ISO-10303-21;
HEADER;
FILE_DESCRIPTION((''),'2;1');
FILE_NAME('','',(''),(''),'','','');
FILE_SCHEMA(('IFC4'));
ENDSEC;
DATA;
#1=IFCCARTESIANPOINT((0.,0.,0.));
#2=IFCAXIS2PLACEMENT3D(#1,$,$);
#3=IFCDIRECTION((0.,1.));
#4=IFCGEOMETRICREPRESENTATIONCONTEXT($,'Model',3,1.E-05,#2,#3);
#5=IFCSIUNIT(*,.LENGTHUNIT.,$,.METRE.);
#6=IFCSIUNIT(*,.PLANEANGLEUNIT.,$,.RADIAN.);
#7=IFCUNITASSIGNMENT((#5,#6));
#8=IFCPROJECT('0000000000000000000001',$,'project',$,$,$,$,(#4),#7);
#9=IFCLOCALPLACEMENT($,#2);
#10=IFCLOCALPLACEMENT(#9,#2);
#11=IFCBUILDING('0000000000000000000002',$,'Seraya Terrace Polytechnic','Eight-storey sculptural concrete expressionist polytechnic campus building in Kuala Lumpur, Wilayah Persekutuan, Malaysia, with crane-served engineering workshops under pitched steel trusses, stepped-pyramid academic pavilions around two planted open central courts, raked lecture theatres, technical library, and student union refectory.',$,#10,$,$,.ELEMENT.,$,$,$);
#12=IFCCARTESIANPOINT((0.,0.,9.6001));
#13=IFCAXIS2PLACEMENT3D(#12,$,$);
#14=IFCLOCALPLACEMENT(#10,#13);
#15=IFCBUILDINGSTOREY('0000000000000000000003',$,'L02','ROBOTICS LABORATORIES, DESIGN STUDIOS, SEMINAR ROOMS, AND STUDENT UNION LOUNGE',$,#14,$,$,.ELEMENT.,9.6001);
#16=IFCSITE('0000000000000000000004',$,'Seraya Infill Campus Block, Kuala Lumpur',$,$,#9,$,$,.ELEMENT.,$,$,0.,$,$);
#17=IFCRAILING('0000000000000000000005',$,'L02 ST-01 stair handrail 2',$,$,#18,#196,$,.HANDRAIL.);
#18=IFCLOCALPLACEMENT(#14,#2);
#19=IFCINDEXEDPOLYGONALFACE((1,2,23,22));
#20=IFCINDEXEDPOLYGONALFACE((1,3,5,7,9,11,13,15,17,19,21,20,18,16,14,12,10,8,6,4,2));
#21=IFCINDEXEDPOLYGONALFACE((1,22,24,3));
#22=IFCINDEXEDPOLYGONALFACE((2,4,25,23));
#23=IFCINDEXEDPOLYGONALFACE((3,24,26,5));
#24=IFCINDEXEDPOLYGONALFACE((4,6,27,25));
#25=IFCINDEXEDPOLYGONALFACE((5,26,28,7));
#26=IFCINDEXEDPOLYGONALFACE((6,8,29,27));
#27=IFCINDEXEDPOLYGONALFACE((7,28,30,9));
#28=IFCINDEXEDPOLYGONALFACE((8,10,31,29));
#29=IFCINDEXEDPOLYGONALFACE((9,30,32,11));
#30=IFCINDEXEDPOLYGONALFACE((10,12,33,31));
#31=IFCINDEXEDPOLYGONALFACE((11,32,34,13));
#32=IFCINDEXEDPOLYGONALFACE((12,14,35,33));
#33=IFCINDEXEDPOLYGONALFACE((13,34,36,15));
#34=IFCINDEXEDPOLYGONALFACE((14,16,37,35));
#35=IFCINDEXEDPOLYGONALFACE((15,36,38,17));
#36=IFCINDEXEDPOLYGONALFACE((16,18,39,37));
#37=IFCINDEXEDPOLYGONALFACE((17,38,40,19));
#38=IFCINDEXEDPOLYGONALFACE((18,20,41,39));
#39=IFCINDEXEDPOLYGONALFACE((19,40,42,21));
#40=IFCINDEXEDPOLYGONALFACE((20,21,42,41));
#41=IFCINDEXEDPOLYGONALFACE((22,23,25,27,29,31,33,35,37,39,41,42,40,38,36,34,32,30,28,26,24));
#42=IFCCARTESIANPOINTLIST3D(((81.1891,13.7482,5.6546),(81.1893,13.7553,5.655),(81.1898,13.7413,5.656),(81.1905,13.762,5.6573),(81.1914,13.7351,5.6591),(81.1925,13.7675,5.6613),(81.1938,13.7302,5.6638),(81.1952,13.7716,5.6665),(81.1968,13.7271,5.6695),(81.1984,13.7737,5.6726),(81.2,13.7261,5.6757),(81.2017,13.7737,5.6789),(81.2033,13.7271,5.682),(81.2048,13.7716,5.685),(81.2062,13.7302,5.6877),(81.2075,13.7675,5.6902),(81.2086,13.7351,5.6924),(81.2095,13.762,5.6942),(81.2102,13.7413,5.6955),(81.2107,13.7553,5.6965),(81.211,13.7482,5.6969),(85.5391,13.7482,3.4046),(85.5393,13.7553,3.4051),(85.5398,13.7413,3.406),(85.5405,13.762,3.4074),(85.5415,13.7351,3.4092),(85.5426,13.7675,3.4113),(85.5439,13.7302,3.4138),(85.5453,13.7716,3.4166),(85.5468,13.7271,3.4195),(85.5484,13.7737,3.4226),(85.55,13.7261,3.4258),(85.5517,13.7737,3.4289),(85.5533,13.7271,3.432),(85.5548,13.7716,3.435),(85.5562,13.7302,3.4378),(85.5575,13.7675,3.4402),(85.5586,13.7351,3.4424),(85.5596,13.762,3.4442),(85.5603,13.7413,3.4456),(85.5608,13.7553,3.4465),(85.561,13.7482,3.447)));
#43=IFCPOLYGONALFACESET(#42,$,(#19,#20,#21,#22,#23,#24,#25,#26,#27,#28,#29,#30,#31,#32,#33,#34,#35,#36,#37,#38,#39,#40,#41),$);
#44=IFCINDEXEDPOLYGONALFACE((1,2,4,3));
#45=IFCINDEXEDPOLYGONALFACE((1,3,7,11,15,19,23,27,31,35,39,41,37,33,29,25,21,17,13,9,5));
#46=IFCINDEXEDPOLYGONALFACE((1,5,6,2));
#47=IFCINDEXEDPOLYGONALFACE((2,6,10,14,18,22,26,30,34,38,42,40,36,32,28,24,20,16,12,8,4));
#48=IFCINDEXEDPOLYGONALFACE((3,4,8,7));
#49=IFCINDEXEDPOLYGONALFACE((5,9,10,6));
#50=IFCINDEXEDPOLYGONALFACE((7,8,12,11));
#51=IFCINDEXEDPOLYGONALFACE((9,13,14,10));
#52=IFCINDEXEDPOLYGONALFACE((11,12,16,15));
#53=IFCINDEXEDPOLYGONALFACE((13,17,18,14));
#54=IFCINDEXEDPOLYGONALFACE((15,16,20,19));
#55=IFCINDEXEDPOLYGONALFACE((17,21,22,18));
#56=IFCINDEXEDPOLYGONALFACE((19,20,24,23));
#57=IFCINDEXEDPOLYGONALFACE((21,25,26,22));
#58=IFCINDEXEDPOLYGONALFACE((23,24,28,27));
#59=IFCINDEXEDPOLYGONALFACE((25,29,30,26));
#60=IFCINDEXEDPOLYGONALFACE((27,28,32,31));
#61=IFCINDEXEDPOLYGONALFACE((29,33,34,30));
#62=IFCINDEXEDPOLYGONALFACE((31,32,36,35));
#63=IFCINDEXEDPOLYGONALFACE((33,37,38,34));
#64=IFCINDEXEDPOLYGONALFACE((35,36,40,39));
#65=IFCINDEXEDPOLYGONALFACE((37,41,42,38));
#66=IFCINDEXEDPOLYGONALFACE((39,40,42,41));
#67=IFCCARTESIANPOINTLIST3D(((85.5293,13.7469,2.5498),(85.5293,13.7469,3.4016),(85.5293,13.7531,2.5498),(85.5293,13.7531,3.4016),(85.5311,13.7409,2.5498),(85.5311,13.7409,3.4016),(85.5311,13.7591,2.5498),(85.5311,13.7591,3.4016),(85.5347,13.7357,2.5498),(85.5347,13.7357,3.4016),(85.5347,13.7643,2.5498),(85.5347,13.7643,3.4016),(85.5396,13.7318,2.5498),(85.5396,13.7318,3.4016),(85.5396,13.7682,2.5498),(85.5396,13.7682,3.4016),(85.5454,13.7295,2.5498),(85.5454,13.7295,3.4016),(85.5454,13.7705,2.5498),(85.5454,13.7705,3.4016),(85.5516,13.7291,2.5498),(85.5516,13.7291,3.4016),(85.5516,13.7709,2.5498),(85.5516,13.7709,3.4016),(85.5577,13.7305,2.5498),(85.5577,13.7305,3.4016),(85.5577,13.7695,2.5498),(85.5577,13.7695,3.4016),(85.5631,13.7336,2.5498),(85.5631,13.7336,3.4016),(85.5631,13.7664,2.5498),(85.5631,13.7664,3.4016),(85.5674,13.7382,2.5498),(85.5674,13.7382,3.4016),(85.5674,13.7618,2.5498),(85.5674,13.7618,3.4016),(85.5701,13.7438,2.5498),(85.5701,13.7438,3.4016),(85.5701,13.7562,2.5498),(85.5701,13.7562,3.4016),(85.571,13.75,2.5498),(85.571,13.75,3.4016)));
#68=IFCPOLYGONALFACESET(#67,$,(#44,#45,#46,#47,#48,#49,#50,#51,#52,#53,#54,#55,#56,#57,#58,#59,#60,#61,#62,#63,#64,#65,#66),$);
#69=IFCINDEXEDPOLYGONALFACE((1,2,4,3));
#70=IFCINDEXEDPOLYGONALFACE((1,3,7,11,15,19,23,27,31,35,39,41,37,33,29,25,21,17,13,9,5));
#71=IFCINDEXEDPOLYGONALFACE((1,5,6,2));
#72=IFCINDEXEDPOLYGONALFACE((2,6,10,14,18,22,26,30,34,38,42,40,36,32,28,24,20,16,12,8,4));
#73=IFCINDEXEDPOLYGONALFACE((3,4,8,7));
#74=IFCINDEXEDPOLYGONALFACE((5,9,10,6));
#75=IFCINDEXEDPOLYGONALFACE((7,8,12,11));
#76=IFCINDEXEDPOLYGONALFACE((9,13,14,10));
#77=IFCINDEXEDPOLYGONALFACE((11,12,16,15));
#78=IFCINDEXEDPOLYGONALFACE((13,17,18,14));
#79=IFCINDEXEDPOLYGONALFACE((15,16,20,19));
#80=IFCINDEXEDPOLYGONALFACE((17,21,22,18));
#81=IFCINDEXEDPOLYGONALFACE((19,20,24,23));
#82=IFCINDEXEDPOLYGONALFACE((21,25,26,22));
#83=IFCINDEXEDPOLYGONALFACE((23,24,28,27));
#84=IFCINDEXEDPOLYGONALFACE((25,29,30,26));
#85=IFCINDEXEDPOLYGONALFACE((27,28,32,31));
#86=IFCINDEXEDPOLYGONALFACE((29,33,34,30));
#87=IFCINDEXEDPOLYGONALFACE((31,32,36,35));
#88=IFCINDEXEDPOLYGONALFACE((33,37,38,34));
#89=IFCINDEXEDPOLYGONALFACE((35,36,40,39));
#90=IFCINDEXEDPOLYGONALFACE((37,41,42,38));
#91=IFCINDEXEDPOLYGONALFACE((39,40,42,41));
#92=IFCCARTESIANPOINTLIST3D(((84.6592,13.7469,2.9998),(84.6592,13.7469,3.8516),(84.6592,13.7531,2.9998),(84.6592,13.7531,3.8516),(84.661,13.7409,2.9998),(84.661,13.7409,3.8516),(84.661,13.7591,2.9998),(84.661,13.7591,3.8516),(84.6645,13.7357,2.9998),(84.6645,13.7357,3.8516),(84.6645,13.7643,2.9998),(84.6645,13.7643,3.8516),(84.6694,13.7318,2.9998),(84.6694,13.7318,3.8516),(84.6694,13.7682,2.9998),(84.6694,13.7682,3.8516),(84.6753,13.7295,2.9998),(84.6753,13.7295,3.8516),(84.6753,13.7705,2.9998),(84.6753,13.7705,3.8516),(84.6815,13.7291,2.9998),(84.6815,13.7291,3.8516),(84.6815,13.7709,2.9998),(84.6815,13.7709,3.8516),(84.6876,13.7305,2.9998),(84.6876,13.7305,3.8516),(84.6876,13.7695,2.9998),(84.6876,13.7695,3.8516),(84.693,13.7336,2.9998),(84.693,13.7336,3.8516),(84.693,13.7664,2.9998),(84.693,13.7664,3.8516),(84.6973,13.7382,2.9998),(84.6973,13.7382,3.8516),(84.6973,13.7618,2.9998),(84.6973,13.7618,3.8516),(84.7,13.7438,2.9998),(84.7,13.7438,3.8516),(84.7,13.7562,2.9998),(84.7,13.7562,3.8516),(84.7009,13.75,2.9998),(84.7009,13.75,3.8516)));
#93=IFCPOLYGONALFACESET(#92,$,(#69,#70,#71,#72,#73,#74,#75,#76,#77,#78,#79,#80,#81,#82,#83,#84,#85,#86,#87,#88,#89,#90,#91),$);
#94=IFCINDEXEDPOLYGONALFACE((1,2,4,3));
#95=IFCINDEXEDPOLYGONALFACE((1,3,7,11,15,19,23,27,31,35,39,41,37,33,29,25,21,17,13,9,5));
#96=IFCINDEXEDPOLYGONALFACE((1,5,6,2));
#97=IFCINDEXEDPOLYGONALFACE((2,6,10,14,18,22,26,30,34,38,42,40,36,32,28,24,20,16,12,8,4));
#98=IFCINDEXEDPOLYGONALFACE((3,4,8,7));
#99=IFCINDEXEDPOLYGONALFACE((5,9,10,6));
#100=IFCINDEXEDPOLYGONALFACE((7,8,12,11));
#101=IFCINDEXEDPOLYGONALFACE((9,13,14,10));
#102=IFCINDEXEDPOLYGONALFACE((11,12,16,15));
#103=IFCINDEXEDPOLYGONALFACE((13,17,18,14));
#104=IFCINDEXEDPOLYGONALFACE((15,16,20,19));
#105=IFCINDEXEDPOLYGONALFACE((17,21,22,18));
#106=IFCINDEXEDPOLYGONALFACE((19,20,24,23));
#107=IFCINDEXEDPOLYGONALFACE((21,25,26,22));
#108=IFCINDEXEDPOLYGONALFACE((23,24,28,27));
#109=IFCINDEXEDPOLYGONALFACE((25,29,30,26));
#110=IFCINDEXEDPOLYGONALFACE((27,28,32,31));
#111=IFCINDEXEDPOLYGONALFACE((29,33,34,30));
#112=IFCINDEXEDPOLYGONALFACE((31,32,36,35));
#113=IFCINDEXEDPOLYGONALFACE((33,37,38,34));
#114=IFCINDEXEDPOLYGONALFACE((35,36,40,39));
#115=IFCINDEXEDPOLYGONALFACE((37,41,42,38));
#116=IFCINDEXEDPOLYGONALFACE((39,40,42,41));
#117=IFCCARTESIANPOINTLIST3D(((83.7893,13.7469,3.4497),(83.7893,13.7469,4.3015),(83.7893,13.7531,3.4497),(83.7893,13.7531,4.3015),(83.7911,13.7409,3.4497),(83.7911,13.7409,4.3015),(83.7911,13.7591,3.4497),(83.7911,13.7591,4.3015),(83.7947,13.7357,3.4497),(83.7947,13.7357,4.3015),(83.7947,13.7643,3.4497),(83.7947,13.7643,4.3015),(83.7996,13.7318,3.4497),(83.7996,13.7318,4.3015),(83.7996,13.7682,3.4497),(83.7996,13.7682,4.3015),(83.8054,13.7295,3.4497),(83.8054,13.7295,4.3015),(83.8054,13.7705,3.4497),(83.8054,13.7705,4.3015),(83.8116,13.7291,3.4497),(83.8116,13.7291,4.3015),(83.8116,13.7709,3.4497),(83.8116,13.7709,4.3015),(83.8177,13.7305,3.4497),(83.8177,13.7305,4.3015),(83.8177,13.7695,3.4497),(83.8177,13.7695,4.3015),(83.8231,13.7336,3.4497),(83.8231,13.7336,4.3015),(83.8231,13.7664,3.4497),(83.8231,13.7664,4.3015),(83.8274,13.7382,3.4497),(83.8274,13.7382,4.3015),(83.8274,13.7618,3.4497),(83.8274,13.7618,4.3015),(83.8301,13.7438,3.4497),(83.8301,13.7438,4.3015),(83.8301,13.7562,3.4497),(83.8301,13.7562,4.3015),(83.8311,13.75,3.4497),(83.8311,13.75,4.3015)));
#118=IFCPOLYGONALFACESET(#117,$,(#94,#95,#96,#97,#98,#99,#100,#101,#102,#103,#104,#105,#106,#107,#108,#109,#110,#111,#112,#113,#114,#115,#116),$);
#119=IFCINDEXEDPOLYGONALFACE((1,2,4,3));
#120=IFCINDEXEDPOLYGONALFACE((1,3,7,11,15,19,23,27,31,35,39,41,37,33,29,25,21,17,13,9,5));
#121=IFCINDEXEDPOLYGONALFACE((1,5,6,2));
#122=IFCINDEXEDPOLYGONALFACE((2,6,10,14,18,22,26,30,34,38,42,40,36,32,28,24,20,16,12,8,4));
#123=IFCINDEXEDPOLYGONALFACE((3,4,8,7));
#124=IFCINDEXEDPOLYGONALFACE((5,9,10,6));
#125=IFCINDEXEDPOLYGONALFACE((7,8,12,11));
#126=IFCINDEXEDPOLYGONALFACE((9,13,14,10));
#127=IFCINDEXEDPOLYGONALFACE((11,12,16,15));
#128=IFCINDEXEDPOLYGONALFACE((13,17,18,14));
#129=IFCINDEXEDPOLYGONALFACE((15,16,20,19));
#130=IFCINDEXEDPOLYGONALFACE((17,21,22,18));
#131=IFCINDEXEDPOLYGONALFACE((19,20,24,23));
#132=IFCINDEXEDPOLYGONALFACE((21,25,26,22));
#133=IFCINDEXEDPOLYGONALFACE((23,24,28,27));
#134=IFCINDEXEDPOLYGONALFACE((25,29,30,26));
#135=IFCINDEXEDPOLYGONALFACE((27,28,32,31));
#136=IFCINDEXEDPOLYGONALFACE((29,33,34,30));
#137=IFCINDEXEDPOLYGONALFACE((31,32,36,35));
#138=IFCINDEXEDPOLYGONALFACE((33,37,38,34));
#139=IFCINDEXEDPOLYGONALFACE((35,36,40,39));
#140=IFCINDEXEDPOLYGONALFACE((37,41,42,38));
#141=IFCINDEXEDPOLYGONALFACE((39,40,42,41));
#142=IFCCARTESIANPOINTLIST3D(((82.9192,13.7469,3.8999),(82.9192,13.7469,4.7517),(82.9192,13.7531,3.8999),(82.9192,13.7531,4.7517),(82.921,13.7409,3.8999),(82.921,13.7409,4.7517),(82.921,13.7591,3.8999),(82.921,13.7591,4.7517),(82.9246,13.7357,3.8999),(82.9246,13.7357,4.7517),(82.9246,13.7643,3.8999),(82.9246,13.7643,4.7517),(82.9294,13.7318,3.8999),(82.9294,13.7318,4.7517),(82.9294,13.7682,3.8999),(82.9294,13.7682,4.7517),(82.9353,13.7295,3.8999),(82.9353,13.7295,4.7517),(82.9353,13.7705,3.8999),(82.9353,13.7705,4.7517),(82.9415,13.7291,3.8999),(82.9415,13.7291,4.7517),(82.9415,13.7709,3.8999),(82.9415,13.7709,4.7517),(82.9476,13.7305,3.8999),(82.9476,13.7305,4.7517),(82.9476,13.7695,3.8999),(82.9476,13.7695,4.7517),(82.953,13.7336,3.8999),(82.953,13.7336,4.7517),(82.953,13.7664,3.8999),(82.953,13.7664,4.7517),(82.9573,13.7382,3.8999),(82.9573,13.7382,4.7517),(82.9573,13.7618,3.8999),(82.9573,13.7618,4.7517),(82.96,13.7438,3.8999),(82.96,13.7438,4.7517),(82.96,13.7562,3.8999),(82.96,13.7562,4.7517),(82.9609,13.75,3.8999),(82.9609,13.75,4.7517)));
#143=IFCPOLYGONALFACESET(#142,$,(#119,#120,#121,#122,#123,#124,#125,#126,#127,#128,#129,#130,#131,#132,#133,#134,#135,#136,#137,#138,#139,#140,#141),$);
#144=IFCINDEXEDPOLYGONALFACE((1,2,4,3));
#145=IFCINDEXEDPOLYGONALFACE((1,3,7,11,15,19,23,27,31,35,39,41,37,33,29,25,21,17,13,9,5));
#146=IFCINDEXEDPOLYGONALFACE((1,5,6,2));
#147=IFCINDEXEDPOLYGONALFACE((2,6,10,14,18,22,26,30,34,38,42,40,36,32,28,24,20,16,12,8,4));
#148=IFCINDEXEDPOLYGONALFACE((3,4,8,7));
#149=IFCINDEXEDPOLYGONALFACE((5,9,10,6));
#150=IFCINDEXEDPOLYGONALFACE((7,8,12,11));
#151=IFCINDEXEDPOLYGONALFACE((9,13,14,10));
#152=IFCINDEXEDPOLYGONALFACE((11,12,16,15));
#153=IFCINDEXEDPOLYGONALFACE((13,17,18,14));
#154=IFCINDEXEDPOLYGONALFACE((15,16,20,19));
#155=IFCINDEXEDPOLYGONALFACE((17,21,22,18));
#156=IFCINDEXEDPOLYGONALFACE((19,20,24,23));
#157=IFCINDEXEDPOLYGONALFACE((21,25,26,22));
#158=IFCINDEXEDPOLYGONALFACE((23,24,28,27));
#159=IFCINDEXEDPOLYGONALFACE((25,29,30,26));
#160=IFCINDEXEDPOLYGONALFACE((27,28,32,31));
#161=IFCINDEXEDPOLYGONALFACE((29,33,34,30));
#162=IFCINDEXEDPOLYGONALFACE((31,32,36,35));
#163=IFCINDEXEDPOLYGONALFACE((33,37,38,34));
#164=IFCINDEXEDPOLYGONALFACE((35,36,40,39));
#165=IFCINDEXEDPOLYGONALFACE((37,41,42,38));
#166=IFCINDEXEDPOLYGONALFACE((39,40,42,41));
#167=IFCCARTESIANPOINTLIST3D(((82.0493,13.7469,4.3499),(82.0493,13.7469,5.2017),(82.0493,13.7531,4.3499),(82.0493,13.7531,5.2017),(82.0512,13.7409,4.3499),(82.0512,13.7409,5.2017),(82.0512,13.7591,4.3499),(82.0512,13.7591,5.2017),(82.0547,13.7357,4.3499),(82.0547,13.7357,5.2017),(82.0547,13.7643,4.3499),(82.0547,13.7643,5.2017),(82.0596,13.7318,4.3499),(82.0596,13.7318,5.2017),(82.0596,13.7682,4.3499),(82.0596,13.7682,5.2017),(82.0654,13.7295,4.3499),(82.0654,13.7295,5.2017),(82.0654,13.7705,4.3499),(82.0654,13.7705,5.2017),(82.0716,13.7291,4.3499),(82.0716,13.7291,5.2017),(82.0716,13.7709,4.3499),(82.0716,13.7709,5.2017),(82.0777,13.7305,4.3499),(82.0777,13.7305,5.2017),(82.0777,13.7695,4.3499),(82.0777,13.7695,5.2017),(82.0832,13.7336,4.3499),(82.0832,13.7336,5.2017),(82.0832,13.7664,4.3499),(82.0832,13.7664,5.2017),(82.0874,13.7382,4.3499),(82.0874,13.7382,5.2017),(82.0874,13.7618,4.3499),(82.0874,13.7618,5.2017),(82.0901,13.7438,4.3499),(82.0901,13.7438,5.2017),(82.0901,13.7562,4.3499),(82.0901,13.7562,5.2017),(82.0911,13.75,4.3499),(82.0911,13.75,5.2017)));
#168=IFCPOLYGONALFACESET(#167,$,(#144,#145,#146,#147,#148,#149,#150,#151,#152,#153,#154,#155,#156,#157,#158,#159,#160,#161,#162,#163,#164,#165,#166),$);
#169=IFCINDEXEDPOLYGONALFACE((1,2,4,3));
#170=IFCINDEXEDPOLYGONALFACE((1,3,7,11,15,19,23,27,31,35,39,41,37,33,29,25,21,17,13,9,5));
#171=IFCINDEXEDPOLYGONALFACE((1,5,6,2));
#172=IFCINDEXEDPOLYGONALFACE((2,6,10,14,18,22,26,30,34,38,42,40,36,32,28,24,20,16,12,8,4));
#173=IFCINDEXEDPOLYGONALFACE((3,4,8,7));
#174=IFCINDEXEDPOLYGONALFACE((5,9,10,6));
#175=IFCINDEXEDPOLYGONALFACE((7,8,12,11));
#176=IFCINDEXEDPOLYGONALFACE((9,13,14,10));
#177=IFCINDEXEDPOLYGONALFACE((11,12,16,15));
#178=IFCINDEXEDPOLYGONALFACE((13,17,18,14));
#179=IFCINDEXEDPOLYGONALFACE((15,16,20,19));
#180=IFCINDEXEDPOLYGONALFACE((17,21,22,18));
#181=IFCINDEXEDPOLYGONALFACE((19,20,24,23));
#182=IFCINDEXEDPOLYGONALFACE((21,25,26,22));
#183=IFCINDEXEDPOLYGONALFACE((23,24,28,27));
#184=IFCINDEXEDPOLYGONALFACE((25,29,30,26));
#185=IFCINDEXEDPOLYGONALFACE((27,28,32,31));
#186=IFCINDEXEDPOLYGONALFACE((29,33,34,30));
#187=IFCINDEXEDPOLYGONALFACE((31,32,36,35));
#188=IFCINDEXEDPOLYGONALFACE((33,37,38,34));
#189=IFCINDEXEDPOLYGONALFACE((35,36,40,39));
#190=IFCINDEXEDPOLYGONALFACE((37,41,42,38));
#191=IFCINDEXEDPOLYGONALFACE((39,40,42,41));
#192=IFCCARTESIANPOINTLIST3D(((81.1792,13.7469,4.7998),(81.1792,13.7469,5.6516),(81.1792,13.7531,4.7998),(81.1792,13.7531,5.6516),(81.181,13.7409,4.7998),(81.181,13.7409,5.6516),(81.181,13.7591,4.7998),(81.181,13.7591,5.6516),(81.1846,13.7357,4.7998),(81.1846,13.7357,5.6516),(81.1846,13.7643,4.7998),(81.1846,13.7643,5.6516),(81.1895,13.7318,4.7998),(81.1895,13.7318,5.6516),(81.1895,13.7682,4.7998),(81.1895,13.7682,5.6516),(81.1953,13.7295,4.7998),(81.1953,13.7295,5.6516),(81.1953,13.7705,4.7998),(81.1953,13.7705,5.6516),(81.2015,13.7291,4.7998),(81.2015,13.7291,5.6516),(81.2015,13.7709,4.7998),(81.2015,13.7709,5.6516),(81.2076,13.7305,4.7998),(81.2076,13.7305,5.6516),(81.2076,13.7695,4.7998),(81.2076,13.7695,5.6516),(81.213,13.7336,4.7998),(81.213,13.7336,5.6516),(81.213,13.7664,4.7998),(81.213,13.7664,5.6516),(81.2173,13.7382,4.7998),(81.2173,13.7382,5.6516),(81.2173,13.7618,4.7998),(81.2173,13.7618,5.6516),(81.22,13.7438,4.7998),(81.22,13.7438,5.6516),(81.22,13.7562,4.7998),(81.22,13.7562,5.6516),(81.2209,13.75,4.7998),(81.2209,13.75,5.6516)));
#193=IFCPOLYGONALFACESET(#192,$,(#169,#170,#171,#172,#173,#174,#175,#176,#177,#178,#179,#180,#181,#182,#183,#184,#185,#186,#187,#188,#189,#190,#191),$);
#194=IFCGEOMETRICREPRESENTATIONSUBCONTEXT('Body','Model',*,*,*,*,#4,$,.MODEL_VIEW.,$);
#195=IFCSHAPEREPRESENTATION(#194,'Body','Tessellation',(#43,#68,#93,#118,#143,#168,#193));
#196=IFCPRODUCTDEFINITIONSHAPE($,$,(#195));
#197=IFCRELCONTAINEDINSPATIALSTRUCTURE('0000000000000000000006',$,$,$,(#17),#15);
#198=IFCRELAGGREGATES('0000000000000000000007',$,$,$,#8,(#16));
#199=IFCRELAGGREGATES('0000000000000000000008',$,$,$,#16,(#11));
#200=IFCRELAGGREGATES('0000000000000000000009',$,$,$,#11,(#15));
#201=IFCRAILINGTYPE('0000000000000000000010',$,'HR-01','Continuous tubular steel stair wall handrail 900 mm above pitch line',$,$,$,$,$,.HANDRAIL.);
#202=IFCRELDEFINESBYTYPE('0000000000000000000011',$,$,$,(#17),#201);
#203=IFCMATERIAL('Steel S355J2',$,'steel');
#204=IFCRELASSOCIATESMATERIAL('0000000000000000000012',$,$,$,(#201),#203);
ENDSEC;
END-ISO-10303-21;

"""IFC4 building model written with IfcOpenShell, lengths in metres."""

from ifc_helpers import new_model, si_unit, direction, frame, origin, origin_2d, place, context, subcontext, project, spatial, circle, extrude, material, type_object, element, save


model = new_model("IFC4")

# Units and contexts
model_context = context("Model", 3, precision=1e-05, world=origin(), true_north=direction((0.0, 1.0)))
body_context = subcontext(model_context, "Body", "Model", "MODEL_VIEW")
ifc_project = project(units=[si_unit("LENGTHUNIT", "METRE"), si_unit("PLANEANGLEUNIT", "RADIAN")], contexts=[model_context])

# Site, building, storey
site_placement = place(None, origin())
site = spatial("IfcSite", under=ifc_project, at=site_placement, Name="Seraya Infill Campus Block, Kuala Lumpur", CompositionType="ELEMENT", RefElevation=0.0)
building_placement = place(site_placement, origin())
building = spatial("IfcBuilding", under=site, at=building_placement, Name="Seraya Terrace Polytechnic", Description="Eight-storey sculptural concrete expressionist polytechnic campus building in Kuala Lumpur, Wilayah Persekutuan, Malaysia, with crane-served engineering workshops under pitched steel trusses, stepped-pyramid academic pavilions around two planted open central courts, raked lecture theatres, technical library, and student union refectory.", CompositionType="ELEMENT")
storey_placement = place(building_placement, frame((0.0, 0.0, 9.6001)))
storey = spatial("IfcBuildingStorey", under=building, at=storey_placement, Name="L02", Description="ROBOTICS LABORATORIES, DESIGN STUDIOS, SEMINAR ROOMS, AND STUDENT UNION LOUNGE", CompositionType="ELEMENT", Elevation=9.6001)

# Railing
ifc_material_1 = material(Name="Steel S355J2", Category="steel")
railing_type_1 = type_object("IfcRailingType", Name="HR-01", Description="Continuous tubular steel stair wall handrail 900 mm above pitch line", PredefinedType="HANDRAIL", material=ifc_material_1)
railing_1_placement = place(storey_placement, frame((85.55, 13.75, 2.5498)))
element("IfcRailing", 1, at=railing_1_placement, inside=storey, type_object=railing_type_1, Name="L02 ST-01 stair handrail 2", PredefinedType="HANDRAIL", context=body_context, shape_type="SweptSolid", body=[
    extrude(circle(Radius=0.0239, at=origin_2d()), frame((0.0, 0.0, 0.876), z_axis=(-0.888222, 0.0, 0.459415), x_axis=(0.0, -1.0, 0.0)), (0.0, 0.0, 1.0), 4.8975),
    extrude(circle(Radius=0.021, at=origin_2d()), origin(), (0.0, 0.0, 1.0), 0.8518),
    extrude(circle(Radius=0.021, at=origin_2d()), frame((-0.8701, 0.0, 0.45)), (0.0, 0.0, 1.0), 0.8518),
    extrude(circle(Radius=0.021, at=origin_2d()), frame((-1.74, 0.0, 0.8999)), (0.0, 0.0, 1.0), 0.8518),
    extrude(circle(Radius=0.021, at=origin_2d()), frame((-2.6101, 0.0, 1.3501)), (0.0, 0.0, 1.0), 0.8518),
    extrude(circle(Radius=0.021, at=origin_2d()), frame((-3.48, 0.0, 1.8)), (0.0, 0.0, 1.0), 0.8518),
    extrude(circle(Radius=0.021, at=origin_2d()), frame((-4.3501, 0.0, 2.25)), (0.0, 0.0, 1.0), 0.8518),
])

save(model, "model.ifc")
